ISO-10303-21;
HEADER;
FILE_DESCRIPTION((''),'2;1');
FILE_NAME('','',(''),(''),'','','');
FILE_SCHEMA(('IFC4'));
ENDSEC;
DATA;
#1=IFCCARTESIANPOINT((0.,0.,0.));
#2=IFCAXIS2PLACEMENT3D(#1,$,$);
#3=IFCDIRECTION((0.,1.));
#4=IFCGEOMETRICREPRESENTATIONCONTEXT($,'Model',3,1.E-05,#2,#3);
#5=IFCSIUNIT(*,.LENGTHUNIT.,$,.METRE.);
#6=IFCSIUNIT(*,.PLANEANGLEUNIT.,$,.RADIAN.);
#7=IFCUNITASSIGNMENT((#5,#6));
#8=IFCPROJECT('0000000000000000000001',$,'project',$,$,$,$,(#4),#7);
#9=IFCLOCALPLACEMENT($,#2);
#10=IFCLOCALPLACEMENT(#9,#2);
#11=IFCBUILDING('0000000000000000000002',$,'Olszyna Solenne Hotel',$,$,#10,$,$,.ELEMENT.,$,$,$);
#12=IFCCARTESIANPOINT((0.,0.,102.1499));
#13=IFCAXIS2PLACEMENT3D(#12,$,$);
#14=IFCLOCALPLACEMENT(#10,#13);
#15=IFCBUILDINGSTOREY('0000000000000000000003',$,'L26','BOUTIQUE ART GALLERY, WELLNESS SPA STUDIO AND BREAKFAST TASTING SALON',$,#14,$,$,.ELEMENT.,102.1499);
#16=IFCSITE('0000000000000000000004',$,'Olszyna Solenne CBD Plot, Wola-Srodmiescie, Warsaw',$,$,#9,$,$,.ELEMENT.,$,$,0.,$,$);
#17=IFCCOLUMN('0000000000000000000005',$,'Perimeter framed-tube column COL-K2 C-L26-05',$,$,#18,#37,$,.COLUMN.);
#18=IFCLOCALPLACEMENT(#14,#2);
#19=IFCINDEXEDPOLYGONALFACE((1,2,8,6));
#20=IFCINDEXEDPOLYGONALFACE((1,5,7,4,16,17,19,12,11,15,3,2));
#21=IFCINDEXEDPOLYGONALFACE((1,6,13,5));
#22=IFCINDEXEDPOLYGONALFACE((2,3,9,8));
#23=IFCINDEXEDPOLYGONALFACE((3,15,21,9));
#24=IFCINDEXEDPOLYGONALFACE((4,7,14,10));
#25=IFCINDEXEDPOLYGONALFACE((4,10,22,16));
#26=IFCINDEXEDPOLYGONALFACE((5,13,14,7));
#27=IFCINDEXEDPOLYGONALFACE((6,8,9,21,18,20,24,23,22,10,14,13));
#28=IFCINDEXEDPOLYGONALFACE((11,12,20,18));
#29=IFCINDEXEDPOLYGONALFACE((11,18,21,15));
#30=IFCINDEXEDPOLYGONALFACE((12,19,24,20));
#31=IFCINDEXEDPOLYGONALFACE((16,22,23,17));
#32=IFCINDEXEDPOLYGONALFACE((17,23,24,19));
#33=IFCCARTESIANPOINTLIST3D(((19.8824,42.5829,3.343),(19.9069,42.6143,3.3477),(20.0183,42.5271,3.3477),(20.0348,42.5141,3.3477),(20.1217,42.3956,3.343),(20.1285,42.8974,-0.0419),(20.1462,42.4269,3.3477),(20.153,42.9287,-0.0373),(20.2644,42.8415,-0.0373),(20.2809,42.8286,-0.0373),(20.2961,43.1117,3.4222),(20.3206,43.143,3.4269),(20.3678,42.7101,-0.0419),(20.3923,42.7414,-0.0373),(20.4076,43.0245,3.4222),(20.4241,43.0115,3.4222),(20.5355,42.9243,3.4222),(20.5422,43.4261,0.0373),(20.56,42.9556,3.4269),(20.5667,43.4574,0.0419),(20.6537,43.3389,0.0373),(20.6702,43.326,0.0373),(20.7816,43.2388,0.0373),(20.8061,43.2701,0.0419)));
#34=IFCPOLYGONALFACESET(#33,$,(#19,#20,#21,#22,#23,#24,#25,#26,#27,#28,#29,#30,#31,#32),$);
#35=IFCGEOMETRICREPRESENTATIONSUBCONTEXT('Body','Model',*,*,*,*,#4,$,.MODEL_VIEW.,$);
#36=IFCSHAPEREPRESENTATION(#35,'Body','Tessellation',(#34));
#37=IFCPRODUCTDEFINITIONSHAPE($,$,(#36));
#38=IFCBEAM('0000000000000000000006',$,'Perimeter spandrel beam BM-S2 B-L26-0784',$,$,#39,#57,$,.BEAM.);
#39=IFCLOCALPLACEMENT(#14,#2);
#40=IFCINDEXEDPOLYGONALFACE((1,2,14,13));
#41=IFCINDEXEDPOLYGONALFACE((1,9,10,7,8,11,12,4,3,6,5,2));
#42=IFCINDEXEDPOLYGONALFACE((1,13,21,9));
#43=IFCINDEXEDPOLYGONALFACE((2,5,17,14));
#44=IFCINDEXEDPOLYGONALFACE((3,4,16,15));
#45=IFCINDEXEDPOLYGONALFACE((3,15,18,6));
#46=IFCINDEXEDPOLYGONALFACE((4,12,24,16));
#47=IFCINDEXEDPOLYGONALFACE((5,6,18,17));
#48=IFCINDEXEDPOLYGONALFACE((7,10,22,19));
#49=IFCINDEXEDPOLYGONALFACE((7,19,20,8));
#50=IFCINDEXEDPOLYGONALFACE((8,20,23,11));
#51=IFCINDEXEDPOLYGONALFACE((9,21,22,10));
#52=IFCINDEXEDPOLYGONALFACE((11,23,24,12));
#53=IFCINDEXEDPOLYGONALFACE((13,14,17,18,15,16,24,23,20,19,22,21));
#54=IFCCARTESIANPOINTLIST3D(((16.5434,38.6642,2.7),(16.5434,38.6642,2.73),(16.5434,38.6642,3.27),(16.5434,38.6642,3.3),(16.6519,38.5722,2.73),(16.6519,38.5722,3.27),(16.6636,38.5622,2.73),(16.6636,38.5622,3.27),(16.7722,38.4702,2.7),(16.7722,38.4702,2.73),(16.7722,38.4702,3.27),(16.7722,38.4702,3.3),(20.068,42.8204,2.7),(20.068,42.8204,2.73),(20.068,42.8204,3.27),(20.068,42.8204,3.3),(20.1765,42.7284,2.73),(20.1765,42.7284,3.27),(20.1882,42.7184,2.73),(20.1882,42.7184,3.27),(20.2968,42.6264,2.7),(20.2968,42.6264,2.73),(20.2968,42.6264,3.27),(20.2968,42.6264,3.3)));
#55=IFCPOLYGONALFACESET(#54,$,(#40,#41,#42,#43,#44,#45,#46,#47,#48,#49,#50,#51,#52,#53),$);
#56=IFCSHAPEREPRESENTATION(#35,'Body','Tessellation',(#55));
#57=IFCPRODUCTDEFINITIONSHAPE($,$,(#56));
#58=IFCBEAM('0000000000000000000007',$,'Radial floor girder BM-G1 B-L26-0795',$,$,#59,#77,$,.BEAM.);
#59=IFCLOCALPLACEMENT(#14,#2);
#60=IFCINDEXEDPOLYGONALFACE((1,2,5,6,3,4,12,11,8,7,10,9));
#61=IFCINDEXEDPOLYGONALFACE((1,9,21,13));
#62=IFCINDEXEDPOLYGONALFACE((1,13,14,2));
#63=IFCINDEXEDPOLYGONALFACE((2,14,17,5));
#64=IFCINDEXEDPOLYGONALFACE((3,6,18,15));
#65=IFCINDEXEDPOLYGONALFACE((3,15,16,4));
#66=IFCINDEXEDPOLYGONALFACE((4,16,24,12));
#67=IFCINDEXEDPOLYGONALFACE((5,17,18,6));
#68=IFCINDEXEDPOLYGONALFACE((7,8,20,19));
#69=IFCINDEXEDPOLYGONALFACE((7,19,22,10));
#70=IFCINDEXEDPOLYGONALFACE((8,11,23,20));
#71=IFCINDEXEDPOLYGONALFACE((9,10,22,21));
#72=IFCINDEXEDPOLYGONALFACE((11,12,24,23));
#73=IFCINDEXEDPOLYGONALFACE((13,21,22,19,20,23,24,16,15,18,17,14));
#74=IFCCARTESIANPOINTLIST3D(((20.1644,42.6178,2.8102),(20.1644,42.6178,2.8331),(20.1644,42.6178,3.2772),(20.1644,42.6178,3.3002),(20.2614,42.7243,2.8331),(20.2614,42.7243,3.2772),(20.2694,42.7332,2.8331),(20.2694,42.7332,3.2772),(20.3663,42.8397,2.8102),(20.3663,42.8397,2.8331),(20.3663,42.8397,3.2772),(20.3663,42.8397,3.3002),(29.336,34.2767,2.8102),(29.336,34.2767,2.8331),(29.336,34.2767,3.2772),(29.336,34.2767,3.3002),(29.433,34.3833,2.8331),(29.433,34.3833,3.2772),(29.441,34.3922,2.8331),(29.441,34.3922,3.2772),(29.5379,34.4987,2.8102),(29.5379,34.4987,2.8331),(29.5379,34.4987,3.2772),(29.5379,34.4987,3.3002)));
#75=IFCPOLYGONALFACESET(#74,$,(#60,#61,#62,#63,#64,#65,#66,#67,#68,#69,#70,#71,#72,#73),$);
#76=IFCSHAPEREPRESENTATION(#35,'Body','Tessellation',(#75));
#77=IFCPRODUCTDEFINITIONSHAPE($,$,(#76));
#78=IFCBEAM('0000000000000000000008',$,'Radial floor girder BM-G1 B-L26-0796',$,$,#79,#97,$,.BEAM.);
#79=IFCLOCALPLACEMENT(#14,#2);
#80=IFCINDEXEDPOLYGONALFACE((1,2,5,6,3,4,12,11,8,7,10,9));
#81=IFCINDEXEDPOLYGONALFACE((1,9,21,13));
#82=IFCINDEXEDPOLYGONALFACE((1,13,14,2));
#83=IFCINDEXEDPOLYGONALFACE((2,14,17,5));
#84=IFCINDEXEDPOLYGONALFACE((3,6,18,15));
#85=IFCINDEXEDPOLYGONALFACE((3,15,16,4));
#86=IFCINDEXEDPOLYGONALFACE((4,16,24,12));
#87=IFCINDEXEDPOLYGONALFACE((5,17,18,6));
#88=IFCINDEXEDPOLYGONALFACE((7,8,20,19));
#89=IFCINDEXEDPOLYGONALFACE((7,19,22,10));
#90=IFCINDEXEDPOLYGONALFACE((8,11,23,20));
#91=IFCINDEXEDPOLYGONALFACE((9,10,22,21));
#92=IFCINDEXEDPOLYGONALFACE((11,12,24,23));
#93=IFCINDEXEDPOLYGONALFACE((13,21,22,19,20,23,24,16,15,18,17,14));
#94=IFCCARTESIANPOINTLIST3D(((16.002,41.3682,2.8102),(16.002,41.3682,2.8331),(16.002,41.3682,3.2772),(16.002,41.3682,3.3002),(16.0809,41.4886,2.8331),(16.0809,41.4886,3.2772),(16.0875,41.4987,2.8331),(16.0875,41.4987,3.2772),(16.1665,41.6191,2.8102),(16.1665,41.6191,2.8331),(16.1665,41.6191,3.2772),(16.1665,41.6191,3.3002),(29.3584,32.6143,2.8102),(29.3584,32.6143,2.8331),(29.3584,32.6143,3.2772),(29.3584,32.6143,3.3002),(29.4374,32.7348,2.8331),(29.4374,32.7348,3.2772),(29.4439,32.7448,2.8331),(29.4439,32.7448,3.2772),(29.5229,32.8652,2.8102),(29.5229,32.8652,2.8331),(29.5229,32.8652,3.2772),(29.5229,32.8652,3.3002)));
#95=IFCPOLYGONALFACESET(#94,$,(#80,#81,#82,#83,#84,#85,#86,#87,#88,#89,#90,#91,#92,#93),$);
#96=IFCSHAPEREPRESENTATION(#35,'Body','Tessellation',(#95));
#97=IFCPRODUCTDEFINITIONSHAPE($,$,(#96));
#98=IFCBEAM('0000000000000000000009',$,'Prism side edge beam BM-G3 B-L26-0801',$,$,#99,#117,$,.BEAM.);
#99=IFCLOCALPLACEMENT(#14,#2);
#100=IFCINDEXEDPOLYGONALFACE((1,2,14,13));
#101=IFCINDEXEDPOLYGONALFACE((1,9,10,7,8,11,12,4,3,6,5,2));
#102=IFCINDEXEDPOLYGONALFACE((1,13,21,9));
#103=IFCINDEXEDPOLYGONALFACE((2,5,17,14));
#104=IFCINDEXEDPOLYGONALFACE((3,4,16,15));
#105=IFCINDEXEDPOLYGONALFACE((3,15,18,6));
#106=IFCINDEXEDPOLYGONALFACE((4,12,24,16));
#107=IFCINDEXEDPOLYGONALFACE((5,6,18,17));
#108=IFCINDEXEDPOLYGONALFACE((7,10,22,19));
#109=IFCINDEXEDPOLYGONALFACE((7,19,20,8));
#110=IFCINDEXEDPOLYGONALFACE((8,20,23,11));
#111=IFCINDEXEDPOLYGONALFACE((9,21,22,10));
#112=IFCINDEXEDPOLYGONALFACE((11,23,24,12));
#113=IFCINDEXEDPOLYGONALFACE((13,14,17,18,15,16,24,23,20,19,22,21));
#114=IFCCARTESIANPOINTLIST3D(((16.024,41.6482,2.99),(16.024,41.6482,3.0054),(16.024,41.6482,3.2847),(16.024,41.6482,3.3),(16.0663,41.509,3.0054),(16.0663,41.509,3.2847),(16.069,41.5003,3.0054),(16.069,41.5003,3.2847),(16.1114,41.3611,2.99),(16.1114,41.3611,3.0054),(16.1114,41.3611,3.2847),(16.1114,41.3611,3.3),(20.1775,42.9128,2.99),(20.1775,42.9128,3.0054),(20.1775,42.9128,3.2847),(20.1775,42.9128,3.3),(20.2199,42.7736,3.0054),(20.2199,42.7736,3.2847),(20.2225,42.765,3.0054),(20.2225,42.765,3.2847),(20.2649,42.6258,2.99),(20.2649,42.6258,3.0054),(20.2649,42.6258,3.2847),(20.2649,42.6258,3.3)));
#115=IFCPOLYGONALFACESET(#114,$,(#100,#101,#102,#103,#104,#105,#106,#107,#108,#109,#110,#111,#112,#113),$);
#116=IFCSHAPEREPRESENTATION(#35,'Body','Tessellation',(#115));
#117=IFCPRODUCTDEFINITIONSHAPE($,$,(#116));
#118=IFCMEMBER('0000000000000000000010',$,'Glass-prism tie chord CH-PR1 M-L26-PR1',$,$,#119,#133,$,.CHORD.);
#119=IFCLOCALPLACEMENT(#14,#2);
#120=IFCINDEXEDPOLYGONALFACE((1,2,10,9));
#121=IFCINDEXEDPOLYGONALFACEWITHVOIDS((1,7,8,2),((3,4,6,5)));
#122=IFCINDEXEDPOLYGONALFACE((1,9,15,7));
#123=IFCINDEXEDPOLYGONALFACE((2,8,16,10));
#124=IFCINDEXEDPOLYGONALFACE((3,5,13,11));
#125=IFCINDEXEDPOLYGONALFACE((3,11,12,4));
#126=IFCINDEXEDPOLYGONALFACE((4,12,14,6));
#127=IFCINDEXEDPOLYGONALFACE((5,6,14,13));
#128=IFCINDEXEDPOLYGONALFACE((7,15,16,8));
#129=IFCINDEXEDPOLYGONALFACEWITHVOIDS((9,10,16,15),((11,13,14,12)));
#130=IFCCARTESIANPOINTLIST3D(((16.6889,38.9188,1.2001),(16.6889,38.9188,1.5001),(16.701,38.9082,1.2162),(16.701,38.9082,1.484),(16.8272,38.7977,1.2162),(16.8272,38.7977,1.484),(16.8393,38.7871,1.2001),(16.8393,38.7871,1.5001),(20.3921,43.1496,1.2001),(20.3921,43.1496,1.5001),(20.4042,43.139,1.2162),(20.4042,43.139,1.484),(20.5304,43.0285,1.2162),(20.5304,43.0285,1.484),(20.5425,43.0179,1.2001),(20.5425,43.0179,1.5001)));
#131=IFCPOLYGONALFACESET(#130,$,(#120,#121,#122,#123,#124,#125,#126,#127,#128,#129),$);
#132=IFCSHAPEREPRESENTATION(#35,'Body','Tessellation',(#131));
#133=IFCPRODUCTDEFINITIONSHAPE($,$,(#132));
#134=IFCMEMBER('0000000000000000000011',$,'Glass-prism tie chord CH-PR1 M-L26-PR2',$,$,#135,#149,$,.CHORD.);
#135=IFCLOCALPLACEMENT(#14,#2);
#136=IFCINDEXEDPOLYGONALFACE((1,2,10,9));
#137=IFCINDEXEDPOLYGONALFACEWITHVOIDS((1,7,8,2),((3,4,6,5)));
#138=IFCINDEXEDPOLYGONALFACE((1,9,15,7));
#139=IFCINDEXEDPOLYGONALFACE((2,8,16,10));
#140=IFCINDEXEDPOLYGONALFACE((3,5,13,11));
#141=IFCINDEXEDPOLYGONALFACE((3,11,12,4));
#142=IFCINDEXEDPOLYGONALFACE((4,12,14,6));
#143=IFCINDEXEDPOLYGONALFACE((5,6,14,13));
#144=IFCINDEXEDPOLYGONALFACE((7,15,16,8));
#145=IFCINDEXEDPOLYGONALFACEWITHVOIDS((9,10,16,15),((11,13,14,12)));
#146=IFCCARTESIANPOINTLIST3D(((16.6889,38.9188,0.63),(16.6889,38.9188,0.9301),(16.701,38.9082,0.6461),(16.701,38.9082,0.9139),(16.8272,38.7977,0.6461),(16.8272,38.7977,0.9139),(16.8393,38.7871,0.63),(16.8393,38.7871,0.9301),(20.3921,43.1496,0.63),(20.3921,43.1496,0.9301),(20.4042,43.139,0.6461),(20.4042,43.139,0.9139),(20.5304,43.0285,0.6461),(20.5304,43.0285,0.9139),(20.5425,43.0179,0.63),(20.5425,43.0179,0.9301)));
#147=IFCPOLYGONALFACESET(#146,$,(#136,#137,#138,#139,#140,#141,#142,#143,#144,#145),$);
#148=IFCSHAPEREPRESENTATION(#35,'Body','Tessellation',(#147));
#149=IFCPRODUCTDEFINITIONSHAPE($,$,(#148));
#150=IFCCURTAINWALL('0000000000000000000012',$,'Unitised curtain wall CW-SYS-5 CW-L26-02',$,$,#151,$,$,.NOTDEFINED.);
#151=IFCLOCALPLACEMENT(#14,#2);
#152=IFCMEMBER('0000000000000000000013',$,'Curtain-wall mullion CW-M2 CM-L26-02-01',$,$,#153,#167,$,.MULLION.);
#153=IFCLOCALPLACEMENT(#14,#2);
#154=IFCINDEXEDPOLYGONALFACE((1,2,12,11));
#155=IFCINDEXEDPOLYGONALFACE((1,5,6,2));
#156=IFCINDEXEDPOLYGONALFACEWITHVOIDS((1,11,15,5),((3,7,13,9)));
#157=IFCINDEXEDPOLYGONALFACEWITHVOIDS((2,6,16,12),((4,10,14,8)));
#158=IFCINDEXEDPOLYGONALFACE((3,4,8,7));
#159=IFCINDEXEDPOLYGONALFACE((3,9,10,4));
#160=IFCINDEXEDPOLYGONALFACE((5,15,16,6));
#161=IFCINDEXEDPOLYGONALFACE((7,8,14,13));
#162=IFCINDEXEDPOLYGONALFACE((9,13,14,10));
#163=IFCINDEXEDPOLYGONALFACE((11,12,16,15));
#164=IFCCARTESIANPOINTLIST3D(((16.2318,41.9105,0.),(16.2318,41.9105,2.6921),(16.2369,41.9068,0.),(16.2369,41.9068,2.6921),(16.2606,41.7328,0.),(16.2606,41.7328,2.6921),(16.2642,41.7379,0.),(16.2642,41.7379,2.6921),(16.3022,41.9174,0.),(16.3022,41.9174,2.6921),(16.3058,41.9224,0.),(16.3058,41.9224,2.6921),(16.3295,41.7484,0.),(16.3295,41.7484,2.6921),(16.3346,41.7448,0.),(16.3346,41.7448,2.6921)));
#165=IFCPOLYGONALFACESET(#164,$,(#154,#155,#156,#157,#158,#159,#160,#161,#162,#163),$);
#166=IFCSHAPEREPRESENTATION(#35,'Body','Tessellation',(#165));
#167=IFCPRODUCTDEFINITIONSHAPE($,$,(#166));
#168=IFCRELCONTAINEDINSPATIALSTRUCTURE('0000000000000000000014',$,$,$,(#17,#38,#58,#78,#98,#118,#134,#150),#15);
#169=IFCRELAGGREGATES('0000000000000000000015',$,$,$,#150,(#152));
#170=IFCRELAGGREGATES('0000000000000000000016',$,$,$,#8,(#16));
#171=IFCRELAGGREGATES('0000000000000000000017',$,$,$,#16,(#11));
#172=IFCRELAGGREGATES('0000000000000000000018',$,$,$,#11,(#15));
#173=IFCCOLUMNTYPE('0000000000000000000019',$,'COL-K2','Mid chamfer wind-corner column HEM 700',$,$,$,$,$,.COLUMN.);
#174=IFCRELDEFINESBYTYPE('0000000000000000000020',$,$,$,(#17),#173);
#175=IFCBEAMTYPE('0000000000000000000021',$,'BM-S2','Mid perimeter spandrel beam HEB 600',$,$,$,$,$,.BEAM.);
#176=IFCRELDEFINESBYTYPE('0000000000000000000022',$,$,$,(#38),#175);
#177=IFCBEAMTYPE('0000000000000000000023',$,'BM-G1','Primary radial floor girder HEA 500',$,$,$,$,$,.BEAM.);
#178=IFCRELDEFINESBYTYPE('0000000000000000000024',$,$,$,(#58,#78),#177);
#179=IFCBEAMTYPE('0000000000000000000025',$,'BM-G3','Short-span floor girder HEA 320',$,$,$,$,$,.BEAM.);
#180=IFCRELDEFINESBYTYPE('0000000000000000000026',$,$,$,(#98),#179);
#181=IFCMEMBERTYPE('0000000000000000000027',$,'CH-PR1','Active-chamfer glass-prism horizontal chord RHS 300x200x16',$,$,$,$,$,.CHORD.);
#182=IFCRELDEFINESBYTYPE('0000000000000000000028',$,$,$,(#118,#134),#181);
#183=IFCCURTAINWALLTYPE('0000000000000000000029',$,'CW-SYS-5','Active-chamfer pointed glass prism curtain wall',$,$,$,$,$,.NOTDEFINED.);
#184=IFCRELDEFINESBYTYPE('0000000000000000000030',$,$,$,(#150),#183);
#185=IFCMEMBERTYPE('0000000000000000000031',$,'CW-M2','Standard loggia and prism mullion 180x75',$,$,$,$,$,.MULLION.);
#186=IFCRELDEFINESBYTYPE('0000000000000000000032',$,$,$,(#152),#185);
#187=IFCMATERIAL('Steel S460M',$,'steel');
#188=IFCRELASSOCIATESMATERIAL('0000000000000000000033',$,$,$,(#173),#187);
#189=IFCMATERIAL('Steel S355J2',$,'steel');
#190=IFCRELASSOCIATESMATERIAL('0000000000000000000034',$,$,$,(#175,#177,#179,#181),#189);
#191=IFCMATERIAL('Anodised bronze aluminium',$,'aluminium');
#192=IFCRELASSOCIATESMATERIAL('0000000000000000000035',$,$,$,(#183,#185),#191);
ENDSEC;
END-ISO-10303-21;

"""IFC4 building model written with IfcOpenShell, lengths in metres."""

from ifc_helpers import new_model, si_unit, direction, frame, origin, origin_2d, place, context, subcontext, project, spatial, hollow_rectangle, i_section, extrude, source, transform, mapped, material, material_profile, profile_set, type_object, element, aggregate, save


model = new_model("IFC4")

# Units and contexts
model_context = context("Model", 3, precision=1e-05, world=origin(), true_north=direction((0.0, 1.0)))
body_context = subcontext(model_context, "Body", "Model", "MODEL_VIEW")
ifc_project = project(units=[si_unit("LENGTHUNIT", "METRE"), si_unit("PLANEANGLEUNIT", "RADIAN")], contexts=[model_context])

# Site, building, storey
site_placement = place(None, origin())
site = spatial("IfcSite", under=ifc_project, at=site_placement, Name="Olszyna Solenne CBD Plot, Wola-Srodmiescie, Warsaw", CompositionType="ELEMENT", RefElevation=0.0)
building_placement = place(site_placement, origin())
building = spatial("IfcBuilding", under=site, at=building_placement, Name="Olszyna Solenne Hotel", CompositionType="ELEMENT")
storey_placement = place(building_placement, frame((0.0, 0.0, 102.1499)))
storey = spatial("IfcBuildingStorey", under=building, at=storey_placement, Name="L26", Description="BOUTIQUE ART GALLERY, WELLNESS SPA STUDIO AND BREAKFAST TASTING SALON", CompositionType="ELEMENT", Elevation=102.1499)

# Column
ifc_material_1 = material(Name="Steel S460M", Category="steel")
ifc_material_profile_1 = material_profile(ifc_material_1, i_section(OverallWidth=0.304, OverallDepth=0.7161, WebThickness=0.021, FlangeThickness=0.04, at=origin_2d()), Name="HEM 700", Category="load-bearing")
ifc_profile_set_1 = profile_set([ifc_material_profile_1], Name="Steel S460M")
column_type = type_object("IfcColumnType", Name="COL-K2", Description="Mid chamfer wind-corner column HEM 700", PredefinedType="COLUMN", material=ifc_profile_set_1)
shared_shape_1 = source(origin(), body_context, "Body", "SweptSolid", [
    extrude(i_section(OverallWidth=0.304, OverallDepth=0.7161, WebThickness=0.021, FlangeThickness=0.04, at=origin_2d()), origin(), (0.0, 0.0, 1.0), 3.4084),
])
column_placement = place(storey_placement, frame((20.4673, 43.0837, 0.0), z_axis=(-0.0722, -0.092256, 0.993114), x_axis=(0.787505, -0.616308, 0.0)))
element("IfcColumn", 1, at=column_placement, inside=storey, type_object=column_type, Name="Perimeter framed-tube column COL-K2 C-L26-05", PredefinedType="COLUMN", context=body_context, shape_type="MappedRepresentation", body=[
    mapped(shared_shape_1, transform((0.0, 0.0, 0.0), x_axis=(1.0, 0.0, 0.0), y_axis=(0.0, 1.0, 0.0), z_axis=(0.0, 0.0, 1.0), scale=1.0)),
])

# Beams
ifc_material_2 = material(Name="Steel S355J2", Category="steel")
ifc_material_profile_2 = material_profile(ifc_material_2, i_section(OverallWidth=0.3, OverallDepth=0.6001, WebThickness=0.0154, FlangeThickness=0.03, at=origin_2d()), Name="HEB 600", Category="load-bearing")
ifc_profile_set_2 = profile_set([ifc_material_profile_2], Name="Steel S355J2")
beam_type_1 = type_object("IfcBeamType", Name="BM-S2", Description="Mid perimeter spandrel beam HEB 600", PredefinedType="BEAM", material=ifc_profile_set_2)
shared_shape_2 = source(origin(), body_context, "Body", "SweptSolid", [
    extrude(i_section(OverallWidth=0.3, OverallDepth=0.6001, WebThickness=0.0154, FlangeThickness=0.03, at=origin_2d()), origin(), (0.0, 0.0, 1.0), 5.4495),
])
beam_1_placement = place(storey_placement, frame((20.1824, 42.7234, 3.0), z_axis=(-0.646779, -0.762677, 0.0), x_axis=(0.762677, -0.646779, 0.0)))
element("IfcBeam", 2, at=beam_1_placement, inside=storey, type_object=beam_type_1, Name="Perimeter spandrel beam BM-S2 B-L26-0784", PredefinedType="BEAM", context=body_context, shape_type="MappedRepresentation", body=[
    mapped(shared_shape_2, transform((0.0, 0.0, 0.0), x_axis=(1.0, 0.0, 0.0), y_axis=(0.0, 1.0, 0.0), z_axis=(0.0, 0.0, 1.0), scale=1.0)),
])
ifc_material_profile_3 = material_profile(ifc_material_2, i_section(OverallWidth=0.3, OverallDepth=0.49, WebThickness=0.012, FlangeThickness=0.0229, at=origin_2d()), Name="HEA 500", Category="load-bearing")
ifc_profile_set_3 = profile_set([ifc_material_profile_3], Name="Steel S355J2")
beam_type_2 = type_object("IfcBeamType", Name="BM-G1", Description="Primary radial floor girder HEA 500", PredefinedType="BEAM", material=ifc_profile_set_3)
shared_shape_3 = source(origin(), body_context, "Body", "SweptSolid", [
    extrude(i_section(OverallWidth=0.3, OverallDepth=0.49, WebThickness=0.012, FlangeThickness=0.0229, at=origin_2d()), origin(), (0.0, 0.0, 1.0), 12.3972),
])
beam_2_placement = place(storey_placement, frame((20.2654, 42.7288, 3.0552), z_axis=(0.739811, -0.672815, 0.0), x_axis=(0.672815, 0.739811, 0.0)))
element("IfcBeam", 3, at=beam_2_placement, inside=storey, type_object=beam_type_2, Name="Radial floor girder BM-G1 B-L26-0795", PredefinedType="BEAM", context=body_context, shape_type="MappedRepresentation", body=[
    mapped(shared_shape_3, transform((0.0, 0.0, 0.0), x_axis=(1.0, 0.0, 0.0), y_axis=(0.0, 1.0, 0.0), z_axis=(0.0, 0.0, 1.0), scale=1.0)),
])
shared_shape_4 = source(origin(), body_context, "Body", "SweptSolid", [
    extrude(i_section(OverallWidth=0.3, OverallDepth=0.49, WebThickness=0.012, FlangeThickness=0.0229, at=origin_2d()), origin(), (0.0, 0.0, 1.0), 15.9695),
])
beam_3_placement = place(storey_placement, frame((16.0842, 41.4937, 3.0552), z_axis=(0.836371, -0.548163, 0.0), x_axis=(0.548163, 0.836371, 0.0)))
element("IfcBeam", 4, at=beam_3_placement, inside=storey, type_object=beam_type_2, Name="Radial floor girder BM-G1 B-L26-0796", PredefinedType="BEAM", context=body_context, shape_type="MappedRepresentation", body=[
    mapped(shared_shape_4, transform((0.0, 0.0, 0.0), x_axis=(1.0, 0.0, 0.0), y_axis=(0.0, 1.0, 0.0), z_axis=(0.0, 0.0, 1.0), scale=1.0)),
])
ifc_material_profile_4 = material_profile(ifc_material_2, i_section(OverallWidth=0.3, OverallDepth=0.3101, WebThickness=0.009, FlangeThickness=0.0154, at=origin_2d()), Name="HEA 320", Category="load-bearing")
ifc_profile_set_4 = profile_set([ifc_material_profile_4], Name="Steel S355J2")
beam_type_3 = type_object("IfcBeamType", Name="BM-G3", Description="Short-span floor girder HEA 320", PredefinedType="BEAM", material=ifc_profile_set_4)
shared_shape_5 = source(origin(), body_context, "Body", "SweptSolid", [
    extrude(i_section(OverallWidth=0.3, OverallDepth=0.3101, WebThickness=0.009, FlangeThickness=0.0154, at=origin_2d()), origin(), (0.0, 0.0, 1.0), 4.3418),
])
beam_4_placement = place(storey_placement, frame((20.2212, 42.7693, 3.145), z_axis=(-0.956641, -0.291271, 0.0), x_axis=(0.291271, -0.956641, 0.0)))
element("IfcBeam", 5, at=beam_4_placement, inside=storey, type_object=beam_type_3, Name="Prism side edge beam BM-G3 B-L26-0801", PredefinedType="BEAM", context=body_context, shape_type="MappedRepresentation", body=[
    mapped(shared_shape_5, transform((0.0, 0.0, 0.0), x_axis=(1.0, 0.0, 0.0), y_axis=(0.0, 1.0, 0.0), z_axis=(0.0, 0.0, 1.0), scale=1.0)),
])

# Members
ifc_material_profile_5 = material_profile(ifc_material_2, hollow_rectangle(XDim=0.2, YDim=0.3, WallThickness=0.0161, at=origin_2d()), Name="RHS 300x200x16", Category="load-bearing")
ifc_profile_set_5 = profile_set([ifc_material_profile_5], Name="Steel S355J2")
member_type_1 = type_object("IfcMemberType", Name="CH-PR1", Description="Active-chamfer glass-prism horizontal chord RHS 300x200x16", PredefinedType="CHORD", material=ifc_profile_set_5)
shared_shape_6 = source(origin(), body_context, "Body", "SweptSolid", [
    extrude(hollow_rectangle(XDim=0.2, YDim=0.3, WallThickness=0.0161, at=origin_2d()), origin(), (0.0, 0.0, 1.0), 5.6226),
])
for number, where, z_axis, x_axis, name in (
    (6, (20.4673, 43.0837, 1.3501), (-0.658631, -0.752466, 0.0), (0.752466, -0.658631, 0.0), "Glass-prism tie chord CH-PR1 M-L26-PR1"),
    (7, (20.4673, 43.0837, 0.78), (-0.658631, -0.752466, 0.0), (0.752466, -0.658631, 0.0), "Glass-prism tie chord CH-PR1 M-L26-PR2"),
):
    element("IfcMember", number, at=place(storey_placement, frame(where, z_axis=z_axis, x_axis=x_axis)), inside=storey, type_object=member_type_1, Name=name, PredefinedType="CHORD", context=body_context, shape_type="MappedRepresentation", body=[
        mapped(shared_shape_6, transform((0.0, 0.0, 0.0), x_axis=(1.0, 0.0, 0.0), y_axis=(0.0, 1.0, 0.0), z_axis=(0.0, 0.0, 1.0), scale=1.0)),
    ])

# Curtain wall, member
ifc_material_3 = material(Name="Anodised bronze aluminium", Category="aluminium")
curtain_wall_type = type_object("IfcCurtainWallType", Name="CW-SYS-5", Description="Active-chamfer pointed glass prism curtain wall", PredefinedType="NOTDEFINED", material=ifc_material_3)
curtain_wall_1_placement = place(storey_placement, origin())
curtain_wall_1 = element("IfcCurtainWall", 8, at=curtain_wall_1_placement, inside=storey, type_object=curtain_wall_type, Name="Unitised curtain wall CW-SYS-5 CW-L26-02", PredefinedType="NOTDEFINED")
ifc_material_profile_6 = material_profile(ifc_material_3, hollow_rectangle(XDim=0.075, YDim=0.1799, WallThickness=0.0044, at=origin_2d()), Name="MULL 180x75x4.5", Category="load-bearing")
ifc_profile_set_6 = profile_set([ifc_material_profile_6], Name="Anodised bronze aluminium")
member_type_2 = type_object("IfcMemberType", Name="CW-M2", Description="Standard loggia and prism mullion 180x75", PredefinedType="MULLION", material=ifc_profile_set_6)
shared_shape_7 = source(origin(), body_context, "Body", "SweptSolid", [
    extrude(hollow_rectangle(XDim=0.075, YDim=0.1799, WallThickness=0.0044, at=origin_2d()), origin(), (0.0, 0.0, 1.0), 2.6921),
])
member_1_placement = place(storey_placement, frame((16.2832, 41.8276, 0.0), z_axis=(0.0, 0.0, 1.0), x_axis=(0.987175, 0.15964, 0.0)))
member_1 = element("IfcMember", 9, at=member_1_placement, type_object=member_type_2, Name="Curtain-wall mullion CW-M2 CM-L26-02-01", PredefinedType="MULLION", context=body_context, shape_type="MappedRepresentation", body=[
    mapped(shared_shape_7, transform((0.0, 0.0, 0.0), x_axis=(1.0, 0.0, 0.0), y_axis=(0.0, 1.0, 0.0), z_axis=(0.0, 0.0, 1.0), scale=1.0)),
])

aggregate(curtain_wall_1, [member_1])

save(model, "model.ifc")
